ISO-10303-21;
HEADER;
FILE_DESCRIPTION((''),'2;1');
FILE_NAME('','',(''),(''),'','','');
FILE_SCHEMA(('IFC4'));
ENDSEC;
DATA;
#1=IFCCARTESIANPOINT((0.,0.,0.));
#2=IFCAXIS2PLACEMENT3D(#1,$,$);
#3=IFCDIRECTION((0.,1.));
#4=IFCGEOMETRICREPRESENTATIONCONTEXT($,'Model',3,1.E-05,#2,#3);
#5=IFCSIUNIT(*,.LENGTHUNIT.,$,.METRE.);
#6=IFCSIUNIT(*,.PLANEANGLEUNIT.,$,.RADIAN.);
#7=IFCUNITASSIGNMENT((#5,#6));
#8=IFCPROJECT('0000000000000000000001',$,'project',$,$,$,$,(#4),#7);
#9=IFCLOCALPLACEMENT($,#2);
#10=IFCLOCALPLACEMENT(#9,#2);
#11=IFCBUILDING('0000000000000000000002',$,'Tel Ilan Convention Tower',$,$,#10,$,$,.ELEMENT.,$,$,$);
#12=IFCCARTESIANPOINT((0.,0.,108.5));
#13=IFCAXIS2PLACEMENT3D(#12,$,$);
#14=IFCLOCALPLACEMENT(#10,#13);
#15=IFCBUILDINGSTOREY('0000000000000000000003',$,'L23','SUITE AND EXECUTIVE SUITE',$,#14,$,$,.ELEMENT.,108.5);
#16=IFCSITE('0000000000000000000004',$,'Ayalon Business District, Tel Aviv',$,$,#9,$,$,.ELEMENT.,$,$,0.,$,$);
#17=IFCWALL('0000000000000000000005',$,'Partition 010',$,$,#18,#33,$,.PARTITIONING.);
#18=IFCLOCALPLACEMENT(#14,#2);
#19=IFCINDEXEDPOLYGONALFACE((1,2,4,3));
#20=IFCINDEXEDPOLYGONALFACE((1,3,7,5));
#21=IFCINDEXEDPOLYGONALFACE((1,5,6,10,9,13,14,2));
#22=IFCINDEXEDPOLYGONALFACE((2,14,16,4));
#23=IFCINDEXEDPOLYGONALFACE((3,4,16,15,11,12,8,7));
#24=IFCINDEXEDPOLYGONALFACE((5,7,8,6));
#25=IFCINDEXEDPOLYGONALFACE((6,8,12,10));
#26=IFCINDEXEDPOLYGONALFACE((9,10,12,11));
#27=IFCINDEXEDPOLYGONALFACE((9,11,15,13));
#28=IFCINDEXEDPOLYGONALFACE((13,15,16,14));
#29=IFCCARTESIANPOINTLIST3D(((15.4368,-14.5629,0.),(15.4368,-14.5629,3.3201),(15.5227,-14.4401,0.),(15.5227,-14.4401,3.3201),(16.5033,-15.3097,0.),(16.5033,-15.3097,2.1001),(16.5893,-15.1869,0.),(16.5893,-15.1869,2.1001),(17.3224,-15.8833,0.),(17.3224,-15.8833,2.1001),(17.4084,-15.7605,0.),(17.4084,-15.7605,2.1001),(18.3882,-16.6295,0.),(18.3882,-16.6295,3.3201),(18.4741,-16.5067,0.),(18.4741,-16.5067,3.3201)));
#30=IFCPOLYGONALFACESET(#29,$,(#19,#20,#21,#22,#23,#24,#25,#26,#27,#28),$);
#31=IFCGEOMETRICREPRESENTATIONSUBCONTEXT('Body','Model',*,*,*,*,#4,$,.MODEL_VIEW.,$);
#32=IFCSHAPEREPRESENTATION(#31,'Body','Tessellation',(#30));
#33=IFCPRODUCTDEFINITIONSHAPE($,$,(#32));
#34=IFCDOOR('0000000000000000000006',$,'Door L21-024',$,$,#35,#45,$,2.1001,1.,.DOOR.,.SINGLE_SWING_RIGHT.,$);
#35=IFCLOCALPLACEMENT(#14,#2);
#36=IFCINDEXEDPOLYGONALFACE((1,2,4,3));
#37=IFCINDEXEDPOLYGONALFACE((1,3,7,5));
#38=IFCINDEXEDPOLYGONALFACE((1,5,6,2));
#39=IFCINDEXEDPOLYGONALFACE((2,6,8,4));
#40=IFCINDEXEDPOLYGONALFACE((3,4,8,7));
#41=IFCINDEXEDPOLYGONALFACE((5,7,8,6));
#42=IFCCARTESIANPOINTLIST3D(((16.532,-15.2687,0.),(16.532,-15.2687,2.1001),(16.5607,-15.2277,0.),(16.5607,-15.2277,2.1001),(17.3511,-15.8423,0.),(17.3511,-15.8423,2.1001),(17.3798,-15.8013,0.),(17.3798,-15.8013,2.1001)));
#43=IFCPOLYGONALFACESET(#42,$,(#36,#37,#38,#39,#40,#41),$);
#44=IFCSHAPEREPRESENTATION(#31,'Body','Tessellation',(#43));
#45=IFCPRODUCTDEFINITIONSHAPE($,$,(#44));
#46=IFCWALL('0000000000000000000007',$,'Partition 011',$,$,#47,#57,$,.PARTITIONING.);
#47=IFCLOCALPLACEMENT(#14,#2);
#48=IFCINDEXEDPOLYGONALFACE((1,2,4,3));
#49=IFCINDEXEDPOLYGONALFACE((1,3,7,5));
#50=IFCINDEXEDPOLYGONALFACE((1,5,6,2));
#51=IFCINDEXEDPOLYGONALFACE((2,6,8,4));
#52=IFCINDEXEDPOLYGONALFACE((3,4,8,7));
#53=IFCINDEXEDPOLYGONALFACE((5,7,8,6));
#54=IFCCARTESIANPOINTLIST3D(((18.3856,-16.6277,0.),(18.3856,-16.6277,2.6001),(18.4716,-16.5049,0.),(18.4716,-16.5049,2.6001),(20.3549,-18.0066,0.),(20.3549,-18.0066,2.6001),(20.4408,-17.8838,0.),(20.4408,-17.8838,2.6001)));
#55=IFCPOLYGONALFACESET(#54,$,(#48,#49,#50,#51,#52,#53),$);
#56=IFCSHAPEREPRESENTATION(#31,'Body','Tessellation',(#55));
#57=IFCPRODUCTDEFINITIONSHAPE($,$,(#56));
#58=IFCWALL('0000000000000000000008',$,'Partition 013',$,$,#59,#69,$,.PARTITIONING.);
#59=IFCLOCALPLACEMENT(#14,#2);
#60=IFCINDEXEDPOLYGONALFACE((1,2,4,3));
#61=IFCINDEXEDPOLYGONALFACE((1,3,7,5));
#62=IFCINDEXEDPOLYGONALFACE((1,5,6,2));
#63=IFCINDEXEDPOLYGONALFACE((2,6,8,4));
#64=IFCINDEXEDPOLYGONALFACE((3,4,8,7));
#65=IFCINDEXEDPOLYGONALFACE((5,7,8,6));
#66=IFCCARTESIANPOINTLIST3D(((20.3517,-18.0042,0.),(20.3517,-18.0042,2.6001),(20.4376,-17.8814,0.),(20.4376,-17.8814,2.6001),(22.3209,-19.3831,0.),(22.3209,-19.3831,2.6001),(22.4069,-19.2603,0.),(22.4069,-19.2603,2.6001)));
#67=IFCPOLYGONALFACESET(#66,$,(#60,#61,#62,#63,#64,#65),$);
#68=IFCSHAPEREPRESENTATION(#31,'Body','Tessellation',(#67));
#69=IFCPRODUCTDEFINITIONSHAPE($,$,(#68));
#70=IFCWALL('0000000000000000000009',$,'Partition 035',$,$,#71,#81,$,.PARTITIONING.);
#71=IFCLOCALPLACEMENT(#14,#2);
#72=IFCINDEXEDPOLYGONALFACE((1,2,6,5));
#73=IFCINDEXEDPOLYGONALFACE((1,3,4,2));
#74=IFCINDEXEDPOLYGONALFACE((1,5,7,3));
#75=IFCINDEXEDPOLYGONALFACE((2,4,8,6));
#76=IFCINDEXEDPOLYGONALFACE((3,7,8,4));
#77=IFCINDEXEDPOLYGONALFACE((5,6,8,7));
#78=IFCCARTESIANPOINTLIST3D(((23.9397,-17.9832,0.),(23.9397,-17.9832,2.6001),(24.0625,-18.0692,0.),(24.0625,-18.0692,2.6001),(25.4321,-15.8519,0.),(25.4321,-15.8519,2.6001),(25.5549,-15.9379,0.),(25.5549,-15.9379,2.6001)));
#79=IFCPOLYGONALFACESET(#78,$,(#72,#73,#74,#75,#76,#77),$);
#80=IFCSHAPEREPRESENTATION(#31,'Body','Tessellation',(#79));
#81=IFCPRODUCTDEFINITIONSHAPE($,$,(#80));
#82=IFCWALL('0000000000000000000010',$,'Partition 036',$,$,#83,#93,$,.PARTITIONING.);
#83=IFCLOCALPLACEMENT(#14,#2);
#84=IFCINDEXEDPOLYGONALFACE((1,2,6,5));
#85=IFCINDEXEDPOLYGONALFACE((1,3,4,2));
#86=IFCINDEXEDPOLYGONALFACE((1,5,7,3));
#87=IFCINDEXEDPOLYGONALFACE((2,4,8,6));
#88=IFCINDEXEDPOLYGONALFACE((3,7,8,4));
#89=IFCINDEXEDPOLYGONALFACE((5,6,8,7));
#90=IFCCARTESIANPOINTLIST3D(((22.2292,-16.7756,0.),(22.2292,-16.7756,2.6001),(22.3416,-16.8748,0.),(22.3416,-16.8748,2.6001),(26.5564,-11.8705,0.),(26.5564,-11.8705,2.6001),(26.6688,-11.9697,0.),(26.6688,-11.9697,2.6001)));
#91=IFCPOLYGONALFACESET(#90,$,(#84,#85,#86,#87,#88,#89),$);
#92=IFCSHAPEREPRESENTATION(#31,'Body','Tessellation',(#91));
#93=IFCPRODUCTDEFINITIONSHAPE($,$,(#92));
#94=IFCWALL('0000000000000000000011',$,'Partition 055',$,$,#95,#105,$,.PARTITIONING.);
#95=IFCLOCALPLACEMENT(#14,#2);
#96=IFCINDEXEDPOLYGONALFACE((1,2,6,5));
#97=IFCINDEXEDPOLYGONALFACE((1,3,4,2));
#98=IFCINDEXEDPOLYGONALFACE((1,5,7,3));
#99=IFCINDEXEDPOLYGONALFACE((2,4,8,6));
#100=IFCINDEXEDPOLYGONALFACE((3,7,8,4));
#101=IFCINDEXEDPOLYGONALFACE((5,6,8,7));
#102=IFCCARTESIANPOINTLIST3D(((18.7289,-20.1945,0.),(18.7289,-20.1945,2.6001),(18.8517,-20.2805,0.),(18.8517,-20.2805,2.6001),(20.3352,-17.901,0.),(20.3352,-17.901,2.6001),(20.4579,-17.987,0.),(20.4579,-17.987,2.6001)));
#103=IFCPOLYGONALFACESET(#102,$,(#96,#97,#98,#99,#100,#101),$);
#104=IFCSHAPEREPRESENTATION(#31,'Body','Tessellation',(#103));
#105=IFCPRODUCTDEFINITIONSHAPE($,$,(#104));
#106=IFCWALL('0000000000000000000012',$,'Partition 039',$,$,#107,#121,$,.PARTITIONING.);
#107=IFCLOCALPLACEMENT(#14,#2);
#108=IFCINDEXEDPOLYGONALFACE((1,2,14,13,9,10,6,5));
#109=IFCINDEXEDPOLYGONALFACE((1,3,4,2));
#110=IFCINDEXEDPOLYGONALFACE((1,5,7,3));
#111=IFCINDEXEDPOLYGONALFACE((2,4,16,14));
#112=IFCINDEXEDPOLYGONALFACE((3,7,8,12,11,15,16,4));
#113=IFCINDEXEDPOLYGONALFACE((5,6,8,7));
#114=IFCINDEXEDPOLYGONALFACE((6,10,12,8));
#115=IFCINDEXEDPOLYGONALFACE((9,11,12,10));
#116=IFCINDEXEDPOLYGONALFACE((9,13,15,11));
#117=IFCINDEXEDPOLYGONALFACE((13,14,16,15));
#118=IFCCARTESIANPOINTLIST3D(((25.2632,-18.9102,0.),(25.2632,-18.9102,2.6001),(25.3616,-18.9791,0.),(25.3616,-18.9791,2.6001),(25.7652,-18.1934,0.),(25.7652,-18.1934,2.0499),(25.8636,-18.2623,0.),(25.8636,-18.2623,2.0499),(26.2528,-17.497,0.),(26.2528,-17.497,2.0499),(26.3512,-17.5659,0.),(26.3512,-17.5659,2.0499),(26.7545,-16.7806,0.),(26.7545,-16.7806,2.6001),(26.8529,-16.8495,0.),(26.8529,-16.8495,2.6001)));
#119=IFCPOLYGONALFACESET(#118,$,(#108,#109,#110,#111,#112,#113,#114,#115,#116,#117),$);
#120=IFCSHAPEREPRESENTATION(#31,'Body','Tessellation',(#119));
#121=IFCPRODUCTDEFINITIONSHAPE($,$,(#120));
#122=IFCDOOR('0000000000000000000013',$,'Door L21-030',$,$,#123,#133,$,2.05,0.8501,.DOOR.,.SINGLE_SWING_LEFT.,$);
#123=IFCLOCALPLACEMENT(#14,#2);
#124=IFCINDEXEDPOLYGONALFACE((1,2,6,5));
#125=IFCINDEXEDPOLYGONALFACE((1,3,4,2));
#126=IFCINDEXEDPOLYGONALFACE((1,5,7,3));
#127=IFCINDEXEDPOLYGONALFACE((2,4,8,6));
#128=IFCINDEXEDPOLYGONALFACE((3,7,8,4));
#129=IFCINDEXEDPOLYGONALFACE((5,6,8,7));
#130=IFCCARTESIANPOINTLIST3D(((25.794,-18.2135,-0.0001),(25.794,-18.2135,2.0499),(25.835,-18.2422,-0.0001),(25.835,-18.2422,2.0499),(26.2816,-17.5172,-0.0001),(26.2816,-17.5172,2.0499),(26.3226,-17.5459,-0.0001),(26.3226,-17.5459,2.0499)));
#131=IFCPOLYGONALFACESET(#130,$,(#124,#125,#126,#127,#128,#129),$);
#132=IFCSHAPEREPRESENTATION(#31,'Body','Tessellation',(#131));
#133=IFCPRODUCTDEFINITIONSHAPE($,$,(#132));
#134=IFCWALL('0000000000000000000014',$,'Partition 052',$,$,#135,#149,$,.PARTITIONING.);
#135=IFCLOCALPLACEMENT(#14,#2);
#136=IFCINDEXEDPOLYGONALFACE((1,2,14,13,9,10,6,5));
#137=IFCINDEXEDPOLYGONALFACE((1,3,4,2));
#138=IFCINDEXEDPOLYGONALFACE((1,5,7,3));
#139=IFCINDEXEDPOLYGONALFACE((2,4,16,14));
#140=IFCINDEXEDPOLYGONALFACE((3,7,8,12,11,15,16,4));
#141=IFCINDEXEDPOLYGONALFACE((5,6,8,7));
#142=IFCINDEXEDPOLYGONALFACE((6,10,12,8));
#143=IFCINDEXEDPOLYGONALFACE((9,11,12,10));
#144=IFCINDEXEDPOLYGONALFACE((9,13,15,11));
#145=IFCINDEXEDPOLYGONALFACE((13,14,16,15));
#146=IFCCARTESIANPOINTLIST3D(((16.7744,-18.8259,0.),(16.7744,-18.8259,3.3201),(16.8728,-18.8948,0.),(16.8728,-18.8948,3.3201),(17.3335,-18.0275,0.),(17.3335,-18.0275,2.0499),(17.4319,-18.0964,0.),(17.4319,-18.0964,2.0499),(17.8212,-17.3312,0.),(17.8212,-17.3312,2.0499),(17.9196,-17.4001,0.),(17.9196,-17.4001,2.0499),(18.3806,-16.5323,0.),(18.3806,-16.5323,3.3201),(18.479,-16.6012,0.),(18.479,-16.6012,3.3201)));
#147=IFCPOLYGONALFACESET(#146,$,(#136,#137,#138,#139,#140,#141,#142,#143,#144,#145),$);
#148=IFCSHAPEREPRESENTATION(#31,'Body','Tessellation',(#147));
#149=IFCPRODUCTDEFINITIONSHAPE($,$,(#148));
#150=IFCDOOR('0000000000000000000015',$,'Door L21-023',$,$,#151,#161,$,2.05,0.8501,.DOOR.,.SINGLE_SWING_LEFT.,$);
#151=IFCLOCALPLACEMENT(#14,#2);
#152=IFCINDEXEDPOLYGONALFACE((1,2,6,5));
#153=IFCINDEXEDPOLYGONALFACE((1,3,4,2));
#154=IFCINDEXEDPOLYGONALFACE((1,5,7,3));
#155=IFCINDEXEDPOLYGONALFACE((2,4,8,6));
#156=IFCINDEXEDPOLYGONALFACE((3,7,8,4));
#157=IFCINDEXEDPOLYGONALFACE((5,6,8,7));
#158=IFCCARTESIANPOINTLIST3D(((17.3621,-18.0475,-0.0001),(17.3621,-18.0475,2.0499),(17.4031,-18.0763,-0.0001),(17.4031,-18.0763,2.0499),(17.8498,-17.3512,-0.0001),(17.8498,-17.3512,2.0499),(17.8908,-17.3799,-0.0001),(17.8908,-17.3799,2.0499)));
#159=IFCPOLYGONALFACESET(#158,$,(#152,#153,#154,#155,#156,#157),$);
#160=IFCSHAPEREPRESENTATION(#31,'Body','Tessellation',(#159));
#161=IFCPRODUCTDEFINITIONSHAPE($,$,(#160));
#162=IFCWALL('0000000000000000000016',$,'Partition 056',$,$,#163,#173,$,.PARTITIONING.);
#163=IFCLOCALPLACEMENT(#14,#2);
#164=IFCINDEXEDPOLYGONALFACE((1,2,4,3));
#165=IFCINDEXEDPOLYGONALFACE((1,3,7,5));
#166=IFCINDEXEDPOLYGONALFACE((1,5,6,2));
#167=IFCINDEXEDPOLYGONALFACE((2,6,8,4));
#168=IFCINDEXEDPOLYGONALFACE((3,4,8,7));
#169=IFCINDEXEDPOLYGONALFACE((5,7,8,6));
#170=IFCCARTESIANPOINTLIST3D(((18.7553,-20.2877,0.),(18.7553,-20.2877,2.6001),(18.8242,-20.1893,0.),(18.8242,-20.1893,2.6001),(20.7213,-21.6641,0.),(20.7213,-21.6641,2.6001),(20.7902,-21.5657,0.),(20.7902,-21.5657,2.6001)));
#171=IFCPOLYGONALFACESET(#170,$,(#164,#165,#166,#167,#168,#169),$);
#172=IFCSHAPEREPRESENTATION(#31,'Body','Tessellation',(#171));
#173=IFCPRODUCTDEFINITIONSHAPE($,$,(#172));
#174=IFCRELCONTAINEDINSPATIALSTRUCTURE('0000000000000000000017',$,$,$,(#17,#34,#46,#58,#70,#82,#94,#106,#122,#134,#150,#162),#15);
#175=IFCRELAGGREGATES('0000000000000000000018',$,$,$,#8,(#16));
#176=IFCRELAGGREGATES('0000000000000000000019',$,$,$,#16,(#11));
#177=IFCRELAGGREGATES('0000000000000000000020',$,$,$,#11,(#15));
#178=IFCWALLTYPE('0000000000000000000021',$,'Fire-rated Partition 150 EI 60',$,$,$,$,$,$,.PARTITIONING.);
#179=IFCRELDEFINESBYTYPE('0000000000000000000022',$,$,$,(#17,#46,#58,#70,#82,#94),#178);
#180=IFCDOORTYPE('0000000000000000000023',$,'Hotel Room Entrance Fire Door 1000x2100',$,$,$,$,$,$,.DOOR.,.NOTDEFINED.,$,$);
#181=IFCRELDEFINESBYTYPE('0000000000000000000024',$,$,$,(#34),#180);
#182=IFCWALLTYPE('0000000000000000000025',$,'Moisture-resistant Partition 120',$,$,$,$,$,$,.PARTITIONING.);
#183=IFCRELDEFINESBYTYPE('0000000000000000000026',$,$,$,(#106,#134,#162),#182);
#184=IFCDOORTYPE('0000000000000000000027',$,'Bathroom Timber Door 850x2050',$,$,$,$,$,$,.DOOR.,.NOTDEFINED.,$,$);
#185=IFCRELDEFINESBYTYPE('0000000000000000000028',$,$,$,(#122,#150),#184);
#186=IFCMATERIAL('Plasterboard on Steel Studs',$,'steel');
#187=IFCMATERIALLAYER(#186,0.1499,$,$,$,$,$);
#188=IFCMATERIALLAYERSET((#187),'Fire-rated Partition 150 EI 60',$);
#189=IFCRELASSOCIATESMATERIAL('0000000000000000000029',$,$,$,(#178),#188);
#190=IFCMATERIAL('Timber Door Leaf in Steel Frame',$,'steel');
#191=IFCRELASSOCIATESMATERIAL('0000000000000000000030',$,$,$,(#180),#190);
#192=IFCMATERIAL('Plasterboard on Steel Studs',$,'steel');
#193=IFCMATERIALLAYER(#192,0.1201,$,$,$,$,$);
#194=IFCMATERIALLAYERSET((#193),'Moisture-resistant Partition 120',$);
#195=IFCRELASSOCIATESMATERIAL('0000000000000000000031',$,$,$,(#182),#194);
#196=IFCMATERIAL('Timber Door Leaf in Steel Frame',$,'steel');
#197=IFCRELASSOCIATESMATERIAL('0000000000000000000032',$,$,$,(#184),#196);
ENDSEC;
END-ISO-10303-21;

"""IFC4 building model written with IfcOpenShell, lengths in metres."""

from ifc_helpers import new_model, si_unit, direction, frame, frame_2d, origin, place, context, subcontext, project, spatial, rectangle, extrude, material, layer, layer_set, type_object, element, fill, save


model = new_model("IFC4")

# Units and contexts
model_context = context("Model", 3, precision=1e-05, world=origin(), true_north=direction((0.0, 1.0)))
body_context = subcontext(model_context, "Body", "Model", "MODEL_VIEW")
ifc_project = project(units=[si_unit("LENGTHUNIT", "METRE"), si_unit("PLANEANGLEUNIT", "RADIAN")], contexts=[model_context])

# Site, building, storey
site_placement = place(None, origin())
site = spatial("IfcSite", under=ifc_project, at=site_placement, Name="Ayalon Business District, Tel Aviv", CompositionType="ELEMENT", RefElevation=0.0)
building_placement = place(site_placement, origin())
building = spatial("IfcBuilding", under=site, at=building_placement, Name="Tel Ilan Convention Tower", CompositionType="ELEMENT")
storey_placement = place(building_placement, frame((0.0, 0.0, 108.5)))
storey = spatial("IfcBuildingStorey", under=building, at=storey_placement, Name="L23", Description="SUITE AND EXECUTIVE SUITE", CompositionType="ELEMENT", Elevation=108.5)

# Shared definitions
ifc_material_1 = material(Name="Plasterboard on Steel Studs", Category="steel")
ifc_layer_1 = layer(ifc_material_1, 0.1499)
ifc_layer_set_1 = layer_set([ifc_layer_1], Name="Fire-rated Partition 150 EI 60")
wall_type_1 = type_object("IfcWallType", Name="Fire-rated Partition 150 EI 60", PredefinedType="PARTITIONING", material=ifc_layer_set_1)
ifc_material_2 = material(Name="Timber Door Leaf in Steel Frame", Category="steel")
door_type_1 = type_object("IfcDoorType", Name="Hotel Room Entrance Fire Door 1000x2100", OperationType="NOTDEFINED", PredefinedType="DOOR", material=ifc_material_2)

# Wall, opening, door
wall_1_placement = place(storey_placement, frame((18.4312, -16.5681, 0.0), z_axis=(0.0, 0.0, 1.0), x_axis=(-0.819146, 0.573585, 0.0)))
wall_1 = element("IfcWall", 1, at=wall_1_placement, inside=storey, type_object=wall_type_1, Name="Partition 010", PredefinedType="PARTITIONING", context=body_context, shape_type="SweptSolid", body=[
    extrude(rectangle(XDim=3.603, YDim=0.1499, at=frame_2d((1.8015, 0.0))), origin(), (0.0, 0.0, 1.0), 3.3201),
])
opening_1_placement = place(wall_1_placement, frame((1.301, 0.0, 0.0)))
opening_1 = element("IfcOpeningElement", 2, at=opening_1_placement, cuts=wall_1, PredefinedType="OPENING", context=body_context, shape_type="SweptSolid", body=[
    extrude(rectangle(XDim=1.0, YDim=2.1001, at=frame_2d((0.5, 1.05))), frame((0.0, 0.085, 0.0), z_axis=(0.0, -1.0, 0.0), x_axis=(1.0, 0.0, 0.0)), (0.0, 0.0, 1.0), 0.1699),
])
door_1_placement = place(opening_1_placement, origin())
door_1 = element("IfcDoor", 3, at=door_1_placement, inside=storey, type_object=door_type_1, Name="Door L21-024", OperationType="SINGLE_SWING_RIGHT", OverallHeight=2.1001, OverallWidth=1.0, PredefinedType="DOOR", context=body_context, shape_type="SweptSolid", body=[
    extrude(rectangle(XDim=1.0, YDim=2.1001, at=frame_2d((0.5, 1.05))), frame((0.0, 0.0249, 0.0), z_axis=(0.0, -1.0, 0.0), x_axis=(1.0, 0.0, 0.0)), (0.0, 0.0, 1.0), 0.05),
])
fill(opening_1, door_1)

# Walls
for number, where, z_axis, x_axis, name in (
    (4, (20.3979, -17.9453, 0.0), (0.0, 0.0, 1.0), (-0.819146, 0.573585, 0.0), "Partition 011"),
    (5, (22.364, -19.3218, 0.0), (0.0, 0.0, 1.0), (-0.819146, 0.573585, 0.0), "Partition 013"),
):
    element("IfcWall", number, at=place(storey_placement, frame(where, z_axis=z_axis, x_axis=x_axis)), inside=storey, type_object=wall_type_1, Name=name, PredefinedType="PARTITIONING", context=body_context, shape_type="SweptSolid", body=[
        extrude(rectangle(XDim=2.4041, YDim=0.1499, at=frame_2d((1.2021, 0.0))), origin(), (0.0, 0.0, 1.0), 2.6001),
    ])
wall_2_placement = place(storey_placement, frame((25.4934, -15.895, 0.0), z_axis=(0.0, 0.0, 1.0), x_axis=(-0.573588, -0.819144, 0.0)))
element("IfcWall", 6, at=wall_2_placement, inside=storey, type_object=wall_type_1, Name="Partition 035", PredefinedType="PARTITIONING", context=body_context, shape_type="SweptSolid", body=[
    extrude(rectangle(XDim=2.6018, YDim=0.1499, at=frame_2d((1.3008, 0.0))), origin(), (0.0, 0.0, 1.0), 2.6001),
])
wall_3_placement = place(storey_placement, frame((22.2854, -16.8252, 0.0), z_axis=(0.0, 0.0, 1.0), x_axis=(0.661551, 0.7499, 0.0)))
element("IfcWall", 7, at=wall_3_placement, inside=storey, type_object=wall_type_1, Name="Partition 036", PredefinedType="PARTITIONING", context=body_context, shape_type="SweptSolid", body=[
    extrude(rectangle(XDim=6.541, YDim=0.1499, at=frame_2d((3.2705, 0.0))), origin(), (0.0, 0.0, 1.0), 2.6001),
])
wall_4_placement = place(storey_placement, frame((20.3965, -17.9441, 0.0), z_axis=(0.0, 0.0, 1.0), x_axis=(-0.57365, -0.819101, 0.0)))
element("IfcWall", 8, at=wall_4_placement, inside=storey, type_object=wall_type_1, Name="Partition 055", PredefinedType="PARTITIONING", context=body_context, shape_type="SweptSolid", body=[
    extrude(rectangle(XDim=2.8, YDim=0.1499, at=frame_2d((1.3999, 0.0))), origin(), (0.0, 0.0, 1.0), 2.6001),
])

# Walls, openings, doors
ifc_material_3 = material(Name="Plasterboard on Steel Studs", Category="steel")
ifc_layer_2 = layer(ifc_material_3, 0.1201)
ifc_layer_set_2 = layer_set([ifc_layer_2], Name="Moisture-resistant Partition 120")
wall_type_2 = type_object("IfcWallType", Name="Moisture-resistant Partition 120", PredefinedType="PARTITIONING", material=ifc_layer_set_2)
wall_5_placement = place(storey_placement, frame((25.3125, -18.9446, 0.0), z_axis=(0.0, 0.0, 1.0), x_axis=(0.573582, 0.819148, 0.0)))
wall_5 = element("IfcWall", 9, at=wall_5_placement, inside=storey, type_object=wall_type_2, Name="Partition 039", PredefinedType="PARTITIONING", context=body_context, shape_type="SweptSolid", body=[
    extrude(rectangle(XDim=2.5999, YDim=0.1201, at=frame_2d((1.2998, 0.0))), origin(), (0.0, 0.0, 1.0), 2.6001),
])
opening_2_placement = place(wall_5_placement, frame((0.875, 0.0, 0.0)))
opening_2 = element("IfcOpeningElement", 10, at=opening_2_placement, cuts=wall_5, PredefinedType="OPENING", context=body_context, shape_type="SweptSolid", body=[
    extrude(rectangle(XDim=0.8501, YDim=2.05, at=frame_2d((0.425, 1.0249))), frame((0.0, 0.0701, 0.0), z_axis=(0.0, -1.0, 0.0), x_axis=(1.0, 0.0, 0.0)), (0.0, 0.0, 1.0), 0.1401),
])
ifc_material_4 = material(Name="Timber Door Leaf in Steel Frame", Category="steel")
door_type_2 = type_object("IfcDoorType", Name="Bathroom Timber Door 850x2050", OperationType="NOTDEFINED", PredefinedType="DOOR", material=ifc_material_4)
door_2_placement = place(opening_2_placement, origin())
door_2 = element("IfcDoor", 11, at=door_2_placement, inside=storey, type_object=door_type_2, Name="Door L21-030", OperationType="SINGLE_SWING_LEFT", OverallHeight=2.05, OverallWidth=0.8501, PredefinedType="DOOR", context=body_context, shape_type="SweptSolid", body=[
    extrude(rectangle(XDim=0.8501, YDim=2.05, at=frame_2d((0.425, 1.0249))), frame((0.0, 0.0249, 0.0), z_axis=(0.0, -1.0, 0.0), x_axis=(1.0, 0.0, 0.0)), (0.0, 0.0, 1.0), 0.05),
])
fill(opening_2, door_2)
wall_6_placement = place(storey_placement, frame((18.4297, -16.5669, 0.0), z_axis=(0.0, 0.0, 1.0), x_axis=(-0.573609, -0.81913, 0.0)))
wall_6 = element("IfcWall", 12, at=wall_6_placement, inside=storey, type_object=wall_type_2, Name="Partition 052", PredefinedType="PARTITIONING", context=body_context, shape_type="SweptSolid", body=[
    extrude(rectangle(XDim=2.8, YDim=0.1201, at=frame_2d((1.3999, 0.0))), origin(), (0.0, 0.0, 1.0), 3.3201),
])
opening_3_placement = place(wall_6_placement, frame((0.9751, 0.0, 0.0)))
opening_3 = element("IfcOpeningElement", 13, at=opening_3_placement, cuts=wall_6, PredefinedType="OPENING", context=body_context, shape_type="SweptSolid", body=[
    extrude(rectangle(XDim=0.8501, YDim=2.05, at=frame_2d((0.425, 1.0249))), frame((0.0, 0.0701, 0.0), z_axis=(0.0, -1.0, 0.0), x_axis=(1.0, 0.0, 0.0)), (0.0, 0.0, 1.0), 0.1401),
])
door_3_placement = place(opening_3_placement, origin())
door_3 = element("IfcDoor", 14, at=door_3_placement, inside=storey, type_object=door_type_2, Name="Door L21-023", OperationType="SINGLE_SWING_LEFT", OverallHeight=2.05, OverallWidth=0.8501, PredefinedType="DOOR", context=body_context, shape_type="SweptSolid", body=[
    extrude(rectangle(XDim=0.8501, YDim=2.05, at=frame_2d((0.425, 1.0249))), frame((0.0, 0.0249, 0.0), z_axis=(0.0, -1.0, 0.0), x_axis=(1.0, 0.0, 0.0)), (0.0, 0.0, 1.0), 0.05),
])
fill(opening_3, door_3)

# Wall
wall_7_placement = place(storey_placement, frame((18.7898, -20.2385, 0.0), z_axis=(0.0, 0.0, 1.0), x_axis=(0.819189, -0.573524, 0.0)))
element("IfcWall", 15, at=wall_7_placement, inside=storey, type_object=wall_type_2, Name="Partition 056", PredefinedType="PARTITIONING", context=body_context, shape_type="SweptSolid", body=[
    extrude(rectangle(XDim=2.3999, YDim=0.1201, at=frame_2d((1.2, 0.0))), origin(), (0.0, 0.0, 1.0), 2.6001),
])

save(model, "model.ifc")
